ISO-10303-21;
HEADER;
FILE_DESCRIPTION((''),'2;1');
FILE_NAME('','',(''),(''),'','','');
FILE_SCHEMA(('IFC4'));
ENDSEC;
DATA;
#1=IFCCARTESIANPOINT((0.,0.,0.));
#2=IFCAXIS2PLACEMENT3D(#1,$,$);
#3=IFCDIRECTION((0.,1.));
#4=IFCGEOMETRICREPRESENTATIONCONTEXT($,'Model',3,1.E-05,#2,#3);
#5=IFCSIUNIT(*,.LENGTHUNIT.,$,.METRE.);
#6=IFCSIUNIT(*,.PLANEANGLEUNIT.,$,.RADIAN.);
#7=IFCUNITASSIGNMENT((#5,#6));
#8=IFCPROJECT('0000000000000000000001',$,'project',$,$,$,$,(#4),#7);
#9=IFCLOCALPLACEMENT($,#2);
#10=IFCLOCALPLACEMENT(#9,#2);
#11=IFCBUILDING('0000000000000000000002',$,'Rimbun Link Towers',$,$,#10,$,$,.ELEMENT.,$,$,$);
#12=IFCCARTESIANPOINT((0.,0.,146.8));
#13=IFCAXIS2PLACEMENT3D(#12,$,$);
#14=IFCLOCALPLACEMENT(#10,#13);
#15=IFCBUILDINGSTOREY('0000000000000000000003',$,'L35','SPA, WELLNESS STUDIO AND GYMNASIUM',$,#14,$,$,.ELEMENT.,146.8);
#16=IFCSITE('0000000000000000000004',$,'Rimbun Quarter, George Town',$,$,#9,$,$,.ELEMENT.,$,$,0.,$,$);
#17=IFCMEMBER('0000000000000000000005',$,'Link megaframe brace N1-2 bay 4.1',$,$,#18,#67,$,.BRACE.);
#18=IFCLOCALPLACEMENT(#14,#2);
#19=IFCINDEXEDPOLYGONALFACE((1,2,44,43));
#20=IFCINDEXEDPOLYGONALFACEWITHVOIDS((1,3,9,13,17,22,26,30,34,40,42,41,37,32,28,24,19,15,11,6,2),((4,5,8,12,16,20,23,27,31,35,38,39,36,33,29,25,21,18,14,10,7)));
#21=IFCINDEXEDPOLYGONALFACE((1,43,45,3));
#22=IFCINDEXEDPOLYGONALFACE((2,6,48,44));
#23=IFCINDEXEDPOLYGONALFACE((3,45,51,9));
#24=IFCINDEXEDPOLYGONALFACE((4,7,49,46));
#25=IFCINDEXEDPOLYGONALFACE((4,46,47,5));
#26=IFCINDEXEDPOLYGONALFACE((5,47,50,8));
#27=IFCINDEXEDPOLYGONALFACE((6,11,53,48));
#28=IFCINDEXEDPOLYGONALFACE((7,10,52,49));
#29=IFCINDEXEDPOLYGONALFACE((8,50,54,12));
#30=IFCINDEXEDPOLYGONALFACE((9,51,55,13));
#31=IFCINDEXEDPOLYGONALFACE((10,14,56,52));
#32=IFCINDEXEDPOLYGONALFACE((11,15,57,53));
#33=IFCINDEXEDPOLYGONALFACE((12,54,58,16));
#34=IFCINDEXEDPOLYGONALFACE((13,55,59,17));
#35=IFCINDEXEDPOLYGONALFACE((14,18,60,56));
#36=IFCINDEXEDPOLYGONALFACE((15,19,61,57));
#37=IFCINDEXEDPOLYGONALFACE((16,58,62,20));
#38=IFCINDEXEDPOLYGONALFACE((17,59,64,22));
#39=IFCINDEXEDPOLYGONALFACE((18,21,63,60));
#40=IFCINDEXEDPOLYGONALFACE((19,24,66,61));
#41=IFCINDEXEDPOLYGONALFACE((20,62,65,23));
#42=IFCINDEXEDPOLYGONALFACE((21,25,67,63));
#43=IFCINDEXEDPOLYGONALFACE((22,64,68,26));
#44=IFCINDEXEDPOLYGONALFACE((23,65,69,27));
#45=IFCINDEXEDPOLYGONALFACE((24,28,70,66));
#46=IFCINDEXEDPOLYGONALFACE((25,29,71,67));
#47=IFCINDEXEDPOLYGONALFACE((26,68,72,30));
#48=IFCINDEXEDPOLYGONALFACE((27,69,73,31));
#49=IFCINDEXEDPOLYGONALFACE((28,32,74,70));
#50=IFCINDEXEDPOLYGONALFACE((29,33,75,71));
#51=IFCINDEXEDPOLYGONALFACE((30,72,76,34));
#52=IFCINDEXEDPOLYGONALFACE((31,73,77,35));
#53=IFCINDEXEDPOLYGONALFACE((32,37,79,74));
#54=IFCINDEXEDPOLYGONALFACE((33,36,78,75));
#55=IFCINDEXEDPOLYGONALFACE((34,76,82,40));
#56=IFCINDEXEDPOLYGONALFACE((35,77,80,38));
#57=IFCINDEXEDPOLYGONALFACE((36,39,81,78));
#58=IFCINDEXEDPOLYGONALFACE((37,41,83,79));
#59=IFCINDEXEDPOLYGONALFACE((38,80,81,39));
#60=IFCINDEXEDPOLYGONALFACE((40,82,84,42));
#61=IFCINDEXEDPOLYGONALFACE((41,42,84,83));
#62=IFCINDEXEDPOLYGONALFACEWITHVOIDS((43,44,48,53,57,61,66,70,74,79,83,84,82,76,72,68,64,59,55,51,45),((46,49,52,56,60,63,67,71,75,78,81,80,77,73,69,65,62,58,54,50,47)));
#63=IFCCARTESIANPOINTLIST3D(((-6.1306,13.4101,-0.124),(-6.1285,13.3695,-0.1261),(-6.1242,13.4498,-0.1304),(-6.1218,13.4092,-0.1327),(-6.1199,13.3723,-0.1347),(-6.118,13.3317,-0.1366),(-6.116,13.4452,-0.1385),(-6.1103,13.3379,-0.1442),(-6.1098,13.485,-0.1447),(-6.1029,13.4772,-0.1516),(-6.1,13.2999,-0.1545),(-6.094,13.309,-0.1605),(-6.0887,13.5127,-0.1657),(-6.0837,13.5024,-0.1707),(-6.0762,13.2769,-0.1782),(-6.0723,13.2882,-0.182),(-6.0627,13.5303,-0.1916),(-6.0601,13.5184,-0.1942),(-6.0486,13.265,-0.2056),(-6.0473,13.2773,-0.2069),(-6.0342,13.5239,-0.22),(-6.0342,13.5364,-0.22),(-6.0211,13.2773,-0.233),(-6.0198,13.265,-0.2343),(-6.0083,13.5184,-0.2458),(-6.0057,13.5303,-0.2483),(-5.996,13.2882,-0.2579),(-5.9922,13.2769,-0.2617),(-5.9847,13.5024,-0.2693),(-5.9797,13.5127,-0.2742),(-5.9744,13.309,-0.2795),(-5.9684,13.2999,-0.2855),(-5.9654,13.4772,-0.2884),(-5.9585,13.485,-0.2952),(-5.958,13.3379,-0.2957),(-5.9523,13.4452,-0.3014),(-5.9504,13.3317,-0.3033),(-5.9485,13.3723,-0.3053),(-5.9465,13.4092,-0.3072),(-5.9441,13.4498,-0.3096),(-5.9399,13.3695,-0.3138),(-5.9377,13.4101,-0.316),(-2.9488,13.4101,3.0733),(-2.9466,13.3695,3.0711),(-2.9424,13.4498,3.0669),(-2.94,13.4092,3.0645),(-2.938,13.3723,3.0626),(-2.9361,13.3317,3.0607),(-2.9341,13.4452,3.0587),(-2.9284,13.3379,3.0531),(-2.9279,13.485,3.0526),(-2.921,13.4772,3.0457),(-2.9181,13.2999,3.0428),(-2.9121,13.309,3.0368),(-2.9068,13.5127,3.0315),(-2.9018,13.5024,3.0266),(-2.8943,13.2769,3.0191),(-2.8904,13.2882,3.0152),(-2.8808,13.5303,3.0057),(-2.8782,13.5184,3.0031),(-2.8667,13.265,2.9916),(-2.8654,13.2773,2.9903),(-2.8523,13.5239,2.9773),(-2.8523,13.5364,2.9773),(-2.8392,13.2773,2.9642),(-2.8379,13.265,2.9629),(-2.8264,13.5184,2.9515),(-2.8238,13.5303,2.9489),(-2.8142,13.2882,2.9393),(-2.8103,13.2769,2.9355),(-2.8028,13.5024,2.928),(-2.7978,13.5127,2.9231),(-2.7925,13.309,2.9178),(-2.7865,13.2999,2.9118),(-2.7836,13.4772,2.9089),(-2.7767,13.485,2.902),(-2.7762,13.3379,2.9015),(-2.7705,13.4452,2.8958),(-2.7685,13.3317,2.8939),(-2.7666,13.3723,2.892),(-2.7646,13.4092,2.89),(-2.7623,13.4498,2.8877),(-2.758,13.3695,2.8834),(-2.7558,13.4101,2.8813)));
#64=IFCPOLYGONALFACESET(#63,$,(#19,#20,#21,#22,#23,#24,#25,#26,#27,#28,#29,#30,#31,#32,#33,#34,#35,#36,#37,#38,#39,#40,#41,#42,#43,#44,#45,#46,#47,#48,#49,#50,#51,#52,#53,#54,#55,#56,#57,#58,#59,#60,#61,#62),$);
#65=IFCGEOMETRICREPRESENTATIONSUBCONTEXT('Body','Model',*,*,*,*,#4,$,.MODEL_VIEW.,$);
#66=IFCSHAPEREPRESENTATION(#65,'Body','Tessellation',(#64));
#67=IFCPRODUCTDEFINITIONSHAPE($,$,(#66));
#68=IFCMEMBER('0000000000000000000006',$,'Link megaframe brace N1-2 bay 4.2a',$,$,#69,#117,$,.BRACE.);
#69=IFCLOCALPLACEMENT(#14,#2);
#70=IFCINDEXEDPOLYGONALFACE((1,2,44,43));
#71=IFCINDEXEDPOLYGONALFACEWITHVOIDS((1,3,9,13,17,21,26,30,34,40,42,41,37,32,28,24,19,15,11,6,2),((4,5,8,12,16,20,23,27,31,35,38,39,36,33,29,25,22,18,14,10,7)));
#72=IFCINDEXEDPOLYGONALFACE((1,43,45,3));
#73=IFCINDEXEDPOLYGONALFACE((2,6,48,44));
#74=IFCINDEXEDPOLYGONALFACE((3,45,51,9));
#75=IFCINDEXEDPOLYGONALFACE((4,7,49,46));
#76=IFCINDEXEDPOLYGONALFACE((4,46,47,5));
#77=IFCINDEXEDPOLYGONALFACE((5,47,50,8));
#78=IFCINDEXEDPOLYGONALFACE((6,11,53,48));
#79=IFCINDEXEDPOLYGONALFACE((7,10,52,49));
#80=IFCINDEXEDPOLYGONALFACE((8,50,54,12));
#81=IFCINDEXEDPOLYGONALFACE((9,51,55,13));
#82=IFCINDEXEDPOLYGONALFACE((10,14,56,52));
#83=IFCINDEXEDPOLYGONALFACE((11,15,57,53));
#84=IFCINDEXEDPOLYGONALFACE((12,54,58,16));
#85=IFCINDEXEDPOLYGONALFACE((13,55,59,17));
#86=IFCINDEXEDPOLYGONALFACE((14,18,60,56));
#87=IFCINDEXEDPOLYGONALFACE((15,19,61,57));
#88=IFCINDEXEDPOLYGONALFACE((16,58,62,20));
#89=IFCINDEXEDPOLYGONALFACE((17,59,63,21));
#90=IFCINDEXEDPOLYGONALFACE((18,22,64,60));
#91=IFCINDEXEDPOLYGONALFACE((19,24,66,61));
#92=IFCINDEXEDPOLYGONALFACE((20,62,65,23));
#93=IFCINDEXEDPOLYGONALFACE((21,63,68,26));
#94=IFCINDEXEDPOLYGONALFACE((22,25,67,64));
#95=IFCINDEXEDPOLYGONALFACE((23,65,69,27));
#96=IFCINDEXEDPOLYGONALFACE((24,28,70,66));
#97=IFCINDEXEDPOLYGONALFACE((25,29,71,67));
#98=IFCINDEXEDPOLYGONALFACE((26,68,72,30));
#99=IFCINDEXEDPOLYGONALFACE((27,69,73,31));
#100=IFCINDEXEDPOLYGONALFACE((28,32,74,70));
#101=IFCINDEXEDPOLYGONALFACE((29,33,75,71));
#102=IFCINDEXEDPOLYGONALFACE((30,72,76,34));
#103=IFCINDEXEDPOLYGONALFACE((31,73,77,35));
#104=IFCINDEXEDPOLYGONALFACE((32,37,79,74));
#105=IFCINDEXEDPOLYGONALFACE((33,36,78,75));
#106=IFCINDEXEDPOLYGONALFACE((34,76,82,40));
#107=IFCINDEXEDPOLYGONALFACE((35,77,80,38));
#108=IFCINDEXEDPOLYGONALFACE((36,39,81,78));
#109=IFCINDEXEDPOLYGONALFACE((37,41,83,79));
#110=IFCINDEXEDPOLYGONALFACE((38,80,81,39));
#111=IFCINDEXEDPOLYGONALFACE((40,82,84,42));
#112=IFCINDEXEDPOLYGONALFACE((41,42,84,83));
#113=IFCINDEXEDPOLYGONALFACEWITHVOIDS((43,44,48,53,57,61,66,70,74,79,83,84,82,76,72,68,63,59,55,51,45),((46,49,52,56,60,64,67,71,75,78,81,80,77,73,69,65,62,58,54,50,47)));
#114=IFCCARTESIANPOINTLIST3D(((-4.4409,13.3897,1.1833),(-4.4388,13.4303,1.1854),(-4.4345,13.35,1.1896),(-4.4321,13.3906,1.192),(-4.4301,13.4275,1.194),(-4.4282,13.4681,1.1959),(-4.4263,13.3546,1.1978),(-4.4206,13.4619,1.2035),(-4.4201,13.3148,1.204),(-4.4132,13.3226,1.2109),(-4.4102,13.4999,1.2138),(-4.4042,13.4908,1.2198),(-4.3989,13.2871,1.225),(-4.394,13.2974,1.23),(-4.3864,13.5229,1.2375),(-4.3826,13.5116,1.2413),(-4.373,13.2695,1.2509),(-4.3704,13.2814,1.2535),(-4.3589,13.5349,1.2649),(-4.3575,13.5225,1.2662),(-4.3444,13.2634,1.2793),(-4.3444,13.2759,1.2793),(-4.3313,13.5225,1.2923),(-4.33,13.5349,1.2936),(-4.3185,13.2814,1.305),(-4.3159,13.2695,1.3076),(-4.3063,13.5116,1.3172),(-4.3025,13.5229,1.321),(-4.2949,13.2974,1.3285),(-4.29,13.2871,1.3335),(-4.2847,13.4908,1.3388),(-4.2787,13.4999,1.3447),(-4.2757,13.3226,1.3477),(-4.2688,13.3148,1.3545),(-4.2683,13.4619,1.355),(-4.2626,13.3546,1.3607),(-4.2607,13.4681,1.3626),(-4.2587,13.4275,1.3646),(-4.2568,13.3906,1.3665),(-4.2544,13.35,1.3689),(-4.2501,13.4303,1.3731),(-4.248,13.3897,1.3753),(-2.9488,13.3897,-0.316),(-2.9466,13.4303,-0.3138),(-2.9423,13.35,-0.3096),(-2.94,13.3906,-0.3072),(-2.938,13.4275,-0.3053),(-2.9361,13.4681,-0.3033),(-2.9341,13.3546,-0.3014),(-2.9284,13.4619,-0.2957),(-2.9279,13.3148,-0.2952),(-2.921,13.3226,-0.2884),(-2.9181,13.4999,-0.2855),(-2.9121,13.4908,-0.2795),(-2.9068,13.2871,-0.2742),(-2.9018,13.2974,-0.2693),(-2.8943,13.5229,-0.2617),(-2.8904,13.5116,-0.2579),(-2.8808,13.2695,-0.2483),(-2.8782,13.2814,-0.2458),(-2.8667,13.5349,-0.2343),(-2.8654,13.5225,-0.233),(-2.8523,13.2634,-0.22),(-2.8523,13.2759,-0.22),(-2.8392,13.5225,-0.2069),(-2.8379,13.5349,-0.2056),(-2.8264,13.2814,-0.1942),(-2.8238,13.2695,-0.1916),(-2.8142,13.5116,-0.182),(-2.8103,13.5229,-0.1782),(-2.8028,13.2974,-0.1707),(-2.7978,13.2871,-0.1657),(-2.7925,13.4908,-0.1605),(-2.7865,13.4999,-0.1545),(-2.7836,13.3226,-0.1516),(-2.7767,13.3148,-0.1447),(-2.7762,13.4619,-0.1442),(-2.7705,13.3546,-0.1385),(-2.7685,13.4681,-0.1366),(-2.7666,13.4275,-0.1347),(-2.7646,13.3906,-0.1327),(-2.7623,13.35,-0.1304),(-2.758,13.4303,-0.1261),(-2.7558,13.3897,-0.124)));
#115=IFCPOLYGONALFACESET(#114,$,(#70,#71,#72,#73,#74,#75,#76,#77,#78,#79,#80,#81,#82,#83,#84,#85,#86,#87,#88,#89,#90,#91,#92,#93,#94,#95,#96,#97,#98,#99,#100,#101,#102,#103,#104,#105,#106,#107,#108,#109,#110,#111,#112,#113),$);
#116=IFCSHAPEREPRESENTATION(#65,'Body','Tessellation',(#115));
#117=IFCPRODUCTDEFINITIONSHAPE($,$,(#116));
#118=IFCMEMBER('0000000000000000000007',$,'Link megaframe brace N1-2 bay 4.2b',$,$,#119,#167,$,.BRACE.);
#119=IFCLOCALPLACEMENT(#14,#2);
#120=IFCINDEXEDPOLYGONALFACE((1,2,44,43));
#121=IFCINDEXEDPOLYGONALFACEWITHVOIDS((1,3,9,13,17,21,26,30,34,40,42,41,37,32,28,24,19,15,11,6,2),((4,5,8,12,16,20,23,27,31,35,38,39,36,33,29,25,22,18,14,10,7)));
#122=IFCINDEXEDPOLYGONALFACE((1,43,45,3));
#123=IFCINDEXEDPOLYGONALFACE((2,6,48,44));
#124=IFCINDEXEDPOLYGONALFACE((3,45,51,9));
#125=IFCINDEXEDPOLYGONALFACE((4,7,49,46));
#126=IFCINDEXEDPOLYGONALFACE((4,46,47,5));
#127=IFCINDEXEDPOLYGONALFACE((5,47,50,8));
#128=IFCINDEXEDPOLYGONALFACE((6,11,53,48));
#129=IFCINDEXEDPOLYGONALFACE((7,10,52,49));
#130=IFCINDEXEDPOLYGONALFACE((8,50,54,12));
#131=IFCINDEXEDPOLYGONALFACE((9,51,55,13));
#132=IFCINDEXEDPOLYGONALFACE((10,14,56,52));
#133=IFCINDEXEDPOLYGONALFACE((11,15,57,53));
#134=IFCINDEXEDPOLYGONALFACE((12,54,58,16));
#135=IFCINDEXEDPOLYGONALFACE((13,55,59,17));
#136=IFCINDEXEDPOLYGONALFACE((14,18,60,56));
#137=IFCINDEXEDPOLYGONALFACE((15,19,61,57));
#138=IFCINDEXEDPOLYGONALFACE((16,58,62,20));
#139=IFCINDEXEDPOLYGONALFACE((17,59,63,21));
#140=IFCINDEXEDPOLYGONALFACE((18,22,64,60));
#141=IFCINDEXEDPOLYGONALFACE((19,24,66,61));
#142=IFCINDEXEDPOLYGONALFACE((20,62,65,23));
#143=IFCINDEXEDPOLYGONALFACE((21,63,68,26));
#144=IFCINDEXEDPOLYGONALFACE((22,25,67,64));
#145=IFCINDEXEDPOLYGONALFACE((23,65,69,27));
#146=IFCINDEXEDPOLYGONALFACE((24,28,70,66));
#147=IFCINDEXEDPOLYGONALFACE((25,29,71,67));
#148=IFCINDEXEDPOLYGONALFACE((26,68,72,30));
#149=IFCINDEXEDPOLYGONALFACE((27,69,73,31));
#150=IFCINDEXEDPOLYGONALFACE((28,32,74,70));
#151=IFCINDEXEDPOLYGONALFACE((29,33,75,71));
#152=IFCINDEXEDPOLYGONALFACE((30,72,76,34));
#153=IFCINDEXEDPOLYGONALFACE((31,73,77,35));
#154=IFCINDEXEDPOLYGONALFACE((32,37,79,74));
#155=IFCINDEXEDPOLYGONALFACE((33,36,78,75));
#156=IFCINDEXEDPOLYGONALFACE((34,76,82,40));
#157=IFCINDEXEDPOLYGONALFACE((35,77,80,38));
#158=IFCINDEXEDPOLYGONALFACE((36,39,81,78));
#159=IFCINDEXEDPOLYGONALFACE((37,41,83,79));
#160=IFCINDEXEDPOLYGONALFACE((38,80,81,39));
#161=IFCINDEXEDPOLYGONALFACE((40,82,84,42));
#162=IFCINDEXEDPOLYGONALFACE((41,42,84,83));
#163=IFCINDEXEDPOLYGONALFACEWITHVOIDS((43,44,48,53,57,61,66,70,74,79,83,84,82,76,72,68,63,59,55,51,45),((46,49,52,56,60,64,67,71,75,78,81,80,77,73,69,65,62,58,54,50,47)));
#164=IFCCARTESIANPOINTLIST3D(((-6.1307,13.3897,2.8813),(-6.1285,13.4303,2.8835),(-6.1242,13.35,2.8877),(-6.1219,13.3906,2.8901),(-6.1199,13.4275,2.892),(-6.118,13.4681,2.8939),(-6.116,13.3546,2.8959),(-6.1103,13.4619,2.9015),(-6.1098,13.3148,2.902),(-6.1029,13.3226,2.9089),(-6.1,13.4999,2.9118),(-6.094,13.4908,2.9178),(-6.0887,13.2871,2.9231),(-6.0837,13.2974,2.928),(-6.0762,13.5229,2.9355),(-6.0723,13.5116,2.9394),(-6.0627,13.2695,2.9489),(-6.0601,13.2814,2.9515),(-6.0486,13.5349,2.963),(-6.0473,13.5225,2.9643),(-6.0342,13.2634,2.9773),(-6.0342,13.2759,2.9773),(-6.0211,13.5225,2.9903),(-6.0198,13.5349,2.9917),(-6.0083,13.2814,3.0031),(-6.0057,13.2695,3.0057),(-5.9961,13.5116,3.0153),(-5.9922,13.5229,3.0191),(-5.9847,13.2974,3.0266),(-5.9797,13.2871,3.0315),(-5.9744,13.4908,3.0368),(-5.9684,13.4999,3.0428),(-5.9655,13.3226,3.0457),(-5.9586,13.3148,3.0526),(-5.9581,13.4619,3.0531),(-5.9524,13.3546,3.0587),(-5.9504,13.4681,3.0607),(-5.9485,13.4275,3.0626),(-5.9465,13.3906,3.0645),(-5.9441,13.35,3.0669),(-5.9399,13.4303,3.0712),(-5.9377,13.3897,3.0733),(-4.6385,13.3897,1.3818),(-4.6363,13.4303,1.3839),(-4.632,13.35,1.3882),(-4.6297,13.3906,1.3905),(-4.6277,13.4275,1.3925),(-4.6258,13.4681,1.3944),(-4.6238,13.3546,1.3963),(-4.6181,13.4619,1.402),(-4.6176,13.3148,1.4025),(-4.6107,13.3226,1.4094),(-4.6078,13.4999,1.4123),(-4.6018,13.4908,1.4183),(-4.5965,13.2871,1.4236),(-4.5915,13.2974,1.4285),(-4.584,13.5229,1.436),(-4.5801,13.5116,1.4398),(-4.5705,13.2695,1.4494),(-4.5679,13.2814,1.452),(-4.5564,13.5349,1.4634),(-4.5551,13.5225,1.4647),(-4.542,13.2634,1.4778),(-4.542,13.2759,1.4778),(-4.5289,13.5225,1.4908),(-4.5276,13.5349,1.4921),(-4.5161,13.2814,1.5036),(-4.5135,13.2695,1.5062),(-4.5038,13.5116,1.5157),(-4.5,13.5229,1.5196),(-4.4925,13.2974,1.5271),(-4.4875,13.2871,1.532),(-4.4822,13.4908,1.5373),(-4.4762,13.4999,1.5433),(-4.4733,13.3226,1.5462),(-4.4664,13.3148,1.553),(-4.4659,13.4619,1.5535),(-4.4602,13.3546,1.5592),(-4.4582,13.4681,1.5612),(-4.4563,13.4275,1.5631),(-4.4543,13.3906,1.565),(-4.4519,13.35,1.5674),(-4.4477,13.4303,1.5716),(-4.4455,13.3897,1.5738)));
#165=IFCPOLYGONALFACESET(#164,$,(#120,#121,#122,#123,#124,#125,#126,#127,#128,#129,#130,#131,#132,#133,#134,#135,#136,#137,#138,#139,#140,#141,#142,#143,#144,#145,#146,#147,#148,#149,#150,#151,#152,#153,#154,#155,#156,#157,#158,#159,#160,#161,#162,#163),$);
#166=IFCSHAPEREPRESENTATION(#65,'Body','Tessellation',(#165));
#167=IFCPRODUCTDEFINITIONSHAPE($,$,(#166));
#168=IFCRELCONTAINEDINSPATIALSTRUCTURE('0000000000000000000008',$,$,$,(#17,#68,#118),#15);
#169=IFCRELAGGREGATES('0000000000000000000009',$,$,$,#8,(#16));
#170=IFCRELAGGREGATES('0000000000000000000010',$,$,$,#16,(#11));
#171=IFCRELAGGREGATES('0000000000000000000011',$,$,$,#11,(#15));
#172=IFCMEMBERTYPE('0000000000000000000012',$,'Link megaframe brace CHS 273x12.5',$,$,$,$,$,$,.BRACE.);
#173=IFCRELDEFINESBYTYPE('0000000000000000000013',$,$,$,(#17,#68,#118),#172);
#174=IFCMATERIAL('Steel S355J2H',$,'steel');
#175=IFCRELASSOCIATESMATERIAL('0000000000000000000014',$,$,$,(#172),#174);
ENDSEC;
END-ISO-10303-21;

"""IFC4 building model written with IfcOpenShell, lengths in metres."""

from ifc_helpers import new_model, si_unit, direction, frame, origin, origin_2d, place, context, subcontext, project, spatial, hollow_circle, extrude, material, material_profile, profile_set, type_object, element, save


model = new_model("IFC4")

# Units and contexts
model_context = context("Model", 3, precision=1e-05, world=origin(), true_north=direction((0.0, 1.0)))
body_context = subcontext(model_context, "Body", "Model", "MODEL_VIEW")
ifc_project = project(units=[si_unit("LENGTHUNIT", "METRE"), si_unit("PLANEANGLEUNIT", "RADIAN")], contexts=[model_context])

# Site, building, storey
site_placement = place(None, origin())
site = spatial("IfcSite", under=ifc_project, at=site_placement, Name="Rimbun Quarter, George Town", CompositionType="ELEMENT", RefElevation=0.0)
building_placement = place(site_placement, origin())
building = spatial("IfcBuilding", under=site, at=building_placement, Name="Rimbun Link Towers", CompositionType="ELEMENT")
storey_placement = place(building_placement, frame((0.0, 0.0, 146.8)))
storey = spatial("IfcBuildingStorey", under=building, at=storey_placement, Name="L35", Description="SPA, WELLNESS STUDIO AND GYMNASIUM", CompositionType="ELEMENT", Elevation=146.8)

# Members
ifc_material_1 = material(Name="Steel S355J2H", Category="steel")
ifc_material_profile_1 = material_profile(ifc_material_1, hollow_circle(Radius=0.1365, WallThickness=0.0125, at=origin_2d()), Name="CHS 273x12.5")
ifc_profile_set_1 = profile_set([ifc_material_profile_1], Name="Steel S355J2H")
member_type_1 = type_object("IfcMemberType", Name="Link megaframe brace CHS 273x12.5", PredefinedType="BRACE", material=ifc_profile_set_1)
member_1_placement = place(storey_placement, frame((-6.0342, 13.3999, -0.22), z_axis=(0.7054, 0.0, 0.70881), x_axis=(0.0, 1.0, 0.0)))
element("IfcMember", 1, at=member_1_placement, inside=storey, type_object=member_type_1, Name="Link megaframe brace N1-2 bay 4.1", PredefinedType="BRACE", context=body_context, shape_type="SweptSolid", body=[
    extrude(hollow_circle(Radius=0.1365, WallThickness=0.0125, at=origin_2d()), origin(), (0.0, 0.0, 1.0), 4.5107),
])
member_2_placement = place(storey_placement, frame((-2.8523, 13.3999, -0.22), z_axis=(-0.705431, 0.0, 0.708778), x_axis=(0.0, -1.0, 0.0)))
element("IfcMember", 2, at=member_2_placement, inside=storey, type_object=member_type_1, Name="Link megaframe brace N1-2 bay 4.2a", PredefinedType="BRACE", context=body_context, shape_type="SweptSolid", body=[
    extrude(hollow_circle(Radius=0.1365, WallThickness=0.0125, at=origin_2d()), origin(), (0.0, 0.0, 1.0), 2.1152),
])
member_3_placement = place(storey_placement, frame((-4.542, 13.3999, 1.4778), z_axis=(-0.705374, 0.0, 0.708836), x_axis=(0.0, -1.0, 0.0)))
element("IfcMember", 3, at=member_3_placement, inside=storey, type_object=member_type_1, Name="Link megaframe brace N1-2 bay 4.2b", PredefinedType="BRACE", context=body_context, shape_type="SweptSolid", body=[
    extrude(hollow_circle(Radius=0.1365, WallThickness=0.0125, at=origin_2d()), origin(), (0.0, 0.0, 1.0), 2.1155),
])

save(model, "model.ifc")
